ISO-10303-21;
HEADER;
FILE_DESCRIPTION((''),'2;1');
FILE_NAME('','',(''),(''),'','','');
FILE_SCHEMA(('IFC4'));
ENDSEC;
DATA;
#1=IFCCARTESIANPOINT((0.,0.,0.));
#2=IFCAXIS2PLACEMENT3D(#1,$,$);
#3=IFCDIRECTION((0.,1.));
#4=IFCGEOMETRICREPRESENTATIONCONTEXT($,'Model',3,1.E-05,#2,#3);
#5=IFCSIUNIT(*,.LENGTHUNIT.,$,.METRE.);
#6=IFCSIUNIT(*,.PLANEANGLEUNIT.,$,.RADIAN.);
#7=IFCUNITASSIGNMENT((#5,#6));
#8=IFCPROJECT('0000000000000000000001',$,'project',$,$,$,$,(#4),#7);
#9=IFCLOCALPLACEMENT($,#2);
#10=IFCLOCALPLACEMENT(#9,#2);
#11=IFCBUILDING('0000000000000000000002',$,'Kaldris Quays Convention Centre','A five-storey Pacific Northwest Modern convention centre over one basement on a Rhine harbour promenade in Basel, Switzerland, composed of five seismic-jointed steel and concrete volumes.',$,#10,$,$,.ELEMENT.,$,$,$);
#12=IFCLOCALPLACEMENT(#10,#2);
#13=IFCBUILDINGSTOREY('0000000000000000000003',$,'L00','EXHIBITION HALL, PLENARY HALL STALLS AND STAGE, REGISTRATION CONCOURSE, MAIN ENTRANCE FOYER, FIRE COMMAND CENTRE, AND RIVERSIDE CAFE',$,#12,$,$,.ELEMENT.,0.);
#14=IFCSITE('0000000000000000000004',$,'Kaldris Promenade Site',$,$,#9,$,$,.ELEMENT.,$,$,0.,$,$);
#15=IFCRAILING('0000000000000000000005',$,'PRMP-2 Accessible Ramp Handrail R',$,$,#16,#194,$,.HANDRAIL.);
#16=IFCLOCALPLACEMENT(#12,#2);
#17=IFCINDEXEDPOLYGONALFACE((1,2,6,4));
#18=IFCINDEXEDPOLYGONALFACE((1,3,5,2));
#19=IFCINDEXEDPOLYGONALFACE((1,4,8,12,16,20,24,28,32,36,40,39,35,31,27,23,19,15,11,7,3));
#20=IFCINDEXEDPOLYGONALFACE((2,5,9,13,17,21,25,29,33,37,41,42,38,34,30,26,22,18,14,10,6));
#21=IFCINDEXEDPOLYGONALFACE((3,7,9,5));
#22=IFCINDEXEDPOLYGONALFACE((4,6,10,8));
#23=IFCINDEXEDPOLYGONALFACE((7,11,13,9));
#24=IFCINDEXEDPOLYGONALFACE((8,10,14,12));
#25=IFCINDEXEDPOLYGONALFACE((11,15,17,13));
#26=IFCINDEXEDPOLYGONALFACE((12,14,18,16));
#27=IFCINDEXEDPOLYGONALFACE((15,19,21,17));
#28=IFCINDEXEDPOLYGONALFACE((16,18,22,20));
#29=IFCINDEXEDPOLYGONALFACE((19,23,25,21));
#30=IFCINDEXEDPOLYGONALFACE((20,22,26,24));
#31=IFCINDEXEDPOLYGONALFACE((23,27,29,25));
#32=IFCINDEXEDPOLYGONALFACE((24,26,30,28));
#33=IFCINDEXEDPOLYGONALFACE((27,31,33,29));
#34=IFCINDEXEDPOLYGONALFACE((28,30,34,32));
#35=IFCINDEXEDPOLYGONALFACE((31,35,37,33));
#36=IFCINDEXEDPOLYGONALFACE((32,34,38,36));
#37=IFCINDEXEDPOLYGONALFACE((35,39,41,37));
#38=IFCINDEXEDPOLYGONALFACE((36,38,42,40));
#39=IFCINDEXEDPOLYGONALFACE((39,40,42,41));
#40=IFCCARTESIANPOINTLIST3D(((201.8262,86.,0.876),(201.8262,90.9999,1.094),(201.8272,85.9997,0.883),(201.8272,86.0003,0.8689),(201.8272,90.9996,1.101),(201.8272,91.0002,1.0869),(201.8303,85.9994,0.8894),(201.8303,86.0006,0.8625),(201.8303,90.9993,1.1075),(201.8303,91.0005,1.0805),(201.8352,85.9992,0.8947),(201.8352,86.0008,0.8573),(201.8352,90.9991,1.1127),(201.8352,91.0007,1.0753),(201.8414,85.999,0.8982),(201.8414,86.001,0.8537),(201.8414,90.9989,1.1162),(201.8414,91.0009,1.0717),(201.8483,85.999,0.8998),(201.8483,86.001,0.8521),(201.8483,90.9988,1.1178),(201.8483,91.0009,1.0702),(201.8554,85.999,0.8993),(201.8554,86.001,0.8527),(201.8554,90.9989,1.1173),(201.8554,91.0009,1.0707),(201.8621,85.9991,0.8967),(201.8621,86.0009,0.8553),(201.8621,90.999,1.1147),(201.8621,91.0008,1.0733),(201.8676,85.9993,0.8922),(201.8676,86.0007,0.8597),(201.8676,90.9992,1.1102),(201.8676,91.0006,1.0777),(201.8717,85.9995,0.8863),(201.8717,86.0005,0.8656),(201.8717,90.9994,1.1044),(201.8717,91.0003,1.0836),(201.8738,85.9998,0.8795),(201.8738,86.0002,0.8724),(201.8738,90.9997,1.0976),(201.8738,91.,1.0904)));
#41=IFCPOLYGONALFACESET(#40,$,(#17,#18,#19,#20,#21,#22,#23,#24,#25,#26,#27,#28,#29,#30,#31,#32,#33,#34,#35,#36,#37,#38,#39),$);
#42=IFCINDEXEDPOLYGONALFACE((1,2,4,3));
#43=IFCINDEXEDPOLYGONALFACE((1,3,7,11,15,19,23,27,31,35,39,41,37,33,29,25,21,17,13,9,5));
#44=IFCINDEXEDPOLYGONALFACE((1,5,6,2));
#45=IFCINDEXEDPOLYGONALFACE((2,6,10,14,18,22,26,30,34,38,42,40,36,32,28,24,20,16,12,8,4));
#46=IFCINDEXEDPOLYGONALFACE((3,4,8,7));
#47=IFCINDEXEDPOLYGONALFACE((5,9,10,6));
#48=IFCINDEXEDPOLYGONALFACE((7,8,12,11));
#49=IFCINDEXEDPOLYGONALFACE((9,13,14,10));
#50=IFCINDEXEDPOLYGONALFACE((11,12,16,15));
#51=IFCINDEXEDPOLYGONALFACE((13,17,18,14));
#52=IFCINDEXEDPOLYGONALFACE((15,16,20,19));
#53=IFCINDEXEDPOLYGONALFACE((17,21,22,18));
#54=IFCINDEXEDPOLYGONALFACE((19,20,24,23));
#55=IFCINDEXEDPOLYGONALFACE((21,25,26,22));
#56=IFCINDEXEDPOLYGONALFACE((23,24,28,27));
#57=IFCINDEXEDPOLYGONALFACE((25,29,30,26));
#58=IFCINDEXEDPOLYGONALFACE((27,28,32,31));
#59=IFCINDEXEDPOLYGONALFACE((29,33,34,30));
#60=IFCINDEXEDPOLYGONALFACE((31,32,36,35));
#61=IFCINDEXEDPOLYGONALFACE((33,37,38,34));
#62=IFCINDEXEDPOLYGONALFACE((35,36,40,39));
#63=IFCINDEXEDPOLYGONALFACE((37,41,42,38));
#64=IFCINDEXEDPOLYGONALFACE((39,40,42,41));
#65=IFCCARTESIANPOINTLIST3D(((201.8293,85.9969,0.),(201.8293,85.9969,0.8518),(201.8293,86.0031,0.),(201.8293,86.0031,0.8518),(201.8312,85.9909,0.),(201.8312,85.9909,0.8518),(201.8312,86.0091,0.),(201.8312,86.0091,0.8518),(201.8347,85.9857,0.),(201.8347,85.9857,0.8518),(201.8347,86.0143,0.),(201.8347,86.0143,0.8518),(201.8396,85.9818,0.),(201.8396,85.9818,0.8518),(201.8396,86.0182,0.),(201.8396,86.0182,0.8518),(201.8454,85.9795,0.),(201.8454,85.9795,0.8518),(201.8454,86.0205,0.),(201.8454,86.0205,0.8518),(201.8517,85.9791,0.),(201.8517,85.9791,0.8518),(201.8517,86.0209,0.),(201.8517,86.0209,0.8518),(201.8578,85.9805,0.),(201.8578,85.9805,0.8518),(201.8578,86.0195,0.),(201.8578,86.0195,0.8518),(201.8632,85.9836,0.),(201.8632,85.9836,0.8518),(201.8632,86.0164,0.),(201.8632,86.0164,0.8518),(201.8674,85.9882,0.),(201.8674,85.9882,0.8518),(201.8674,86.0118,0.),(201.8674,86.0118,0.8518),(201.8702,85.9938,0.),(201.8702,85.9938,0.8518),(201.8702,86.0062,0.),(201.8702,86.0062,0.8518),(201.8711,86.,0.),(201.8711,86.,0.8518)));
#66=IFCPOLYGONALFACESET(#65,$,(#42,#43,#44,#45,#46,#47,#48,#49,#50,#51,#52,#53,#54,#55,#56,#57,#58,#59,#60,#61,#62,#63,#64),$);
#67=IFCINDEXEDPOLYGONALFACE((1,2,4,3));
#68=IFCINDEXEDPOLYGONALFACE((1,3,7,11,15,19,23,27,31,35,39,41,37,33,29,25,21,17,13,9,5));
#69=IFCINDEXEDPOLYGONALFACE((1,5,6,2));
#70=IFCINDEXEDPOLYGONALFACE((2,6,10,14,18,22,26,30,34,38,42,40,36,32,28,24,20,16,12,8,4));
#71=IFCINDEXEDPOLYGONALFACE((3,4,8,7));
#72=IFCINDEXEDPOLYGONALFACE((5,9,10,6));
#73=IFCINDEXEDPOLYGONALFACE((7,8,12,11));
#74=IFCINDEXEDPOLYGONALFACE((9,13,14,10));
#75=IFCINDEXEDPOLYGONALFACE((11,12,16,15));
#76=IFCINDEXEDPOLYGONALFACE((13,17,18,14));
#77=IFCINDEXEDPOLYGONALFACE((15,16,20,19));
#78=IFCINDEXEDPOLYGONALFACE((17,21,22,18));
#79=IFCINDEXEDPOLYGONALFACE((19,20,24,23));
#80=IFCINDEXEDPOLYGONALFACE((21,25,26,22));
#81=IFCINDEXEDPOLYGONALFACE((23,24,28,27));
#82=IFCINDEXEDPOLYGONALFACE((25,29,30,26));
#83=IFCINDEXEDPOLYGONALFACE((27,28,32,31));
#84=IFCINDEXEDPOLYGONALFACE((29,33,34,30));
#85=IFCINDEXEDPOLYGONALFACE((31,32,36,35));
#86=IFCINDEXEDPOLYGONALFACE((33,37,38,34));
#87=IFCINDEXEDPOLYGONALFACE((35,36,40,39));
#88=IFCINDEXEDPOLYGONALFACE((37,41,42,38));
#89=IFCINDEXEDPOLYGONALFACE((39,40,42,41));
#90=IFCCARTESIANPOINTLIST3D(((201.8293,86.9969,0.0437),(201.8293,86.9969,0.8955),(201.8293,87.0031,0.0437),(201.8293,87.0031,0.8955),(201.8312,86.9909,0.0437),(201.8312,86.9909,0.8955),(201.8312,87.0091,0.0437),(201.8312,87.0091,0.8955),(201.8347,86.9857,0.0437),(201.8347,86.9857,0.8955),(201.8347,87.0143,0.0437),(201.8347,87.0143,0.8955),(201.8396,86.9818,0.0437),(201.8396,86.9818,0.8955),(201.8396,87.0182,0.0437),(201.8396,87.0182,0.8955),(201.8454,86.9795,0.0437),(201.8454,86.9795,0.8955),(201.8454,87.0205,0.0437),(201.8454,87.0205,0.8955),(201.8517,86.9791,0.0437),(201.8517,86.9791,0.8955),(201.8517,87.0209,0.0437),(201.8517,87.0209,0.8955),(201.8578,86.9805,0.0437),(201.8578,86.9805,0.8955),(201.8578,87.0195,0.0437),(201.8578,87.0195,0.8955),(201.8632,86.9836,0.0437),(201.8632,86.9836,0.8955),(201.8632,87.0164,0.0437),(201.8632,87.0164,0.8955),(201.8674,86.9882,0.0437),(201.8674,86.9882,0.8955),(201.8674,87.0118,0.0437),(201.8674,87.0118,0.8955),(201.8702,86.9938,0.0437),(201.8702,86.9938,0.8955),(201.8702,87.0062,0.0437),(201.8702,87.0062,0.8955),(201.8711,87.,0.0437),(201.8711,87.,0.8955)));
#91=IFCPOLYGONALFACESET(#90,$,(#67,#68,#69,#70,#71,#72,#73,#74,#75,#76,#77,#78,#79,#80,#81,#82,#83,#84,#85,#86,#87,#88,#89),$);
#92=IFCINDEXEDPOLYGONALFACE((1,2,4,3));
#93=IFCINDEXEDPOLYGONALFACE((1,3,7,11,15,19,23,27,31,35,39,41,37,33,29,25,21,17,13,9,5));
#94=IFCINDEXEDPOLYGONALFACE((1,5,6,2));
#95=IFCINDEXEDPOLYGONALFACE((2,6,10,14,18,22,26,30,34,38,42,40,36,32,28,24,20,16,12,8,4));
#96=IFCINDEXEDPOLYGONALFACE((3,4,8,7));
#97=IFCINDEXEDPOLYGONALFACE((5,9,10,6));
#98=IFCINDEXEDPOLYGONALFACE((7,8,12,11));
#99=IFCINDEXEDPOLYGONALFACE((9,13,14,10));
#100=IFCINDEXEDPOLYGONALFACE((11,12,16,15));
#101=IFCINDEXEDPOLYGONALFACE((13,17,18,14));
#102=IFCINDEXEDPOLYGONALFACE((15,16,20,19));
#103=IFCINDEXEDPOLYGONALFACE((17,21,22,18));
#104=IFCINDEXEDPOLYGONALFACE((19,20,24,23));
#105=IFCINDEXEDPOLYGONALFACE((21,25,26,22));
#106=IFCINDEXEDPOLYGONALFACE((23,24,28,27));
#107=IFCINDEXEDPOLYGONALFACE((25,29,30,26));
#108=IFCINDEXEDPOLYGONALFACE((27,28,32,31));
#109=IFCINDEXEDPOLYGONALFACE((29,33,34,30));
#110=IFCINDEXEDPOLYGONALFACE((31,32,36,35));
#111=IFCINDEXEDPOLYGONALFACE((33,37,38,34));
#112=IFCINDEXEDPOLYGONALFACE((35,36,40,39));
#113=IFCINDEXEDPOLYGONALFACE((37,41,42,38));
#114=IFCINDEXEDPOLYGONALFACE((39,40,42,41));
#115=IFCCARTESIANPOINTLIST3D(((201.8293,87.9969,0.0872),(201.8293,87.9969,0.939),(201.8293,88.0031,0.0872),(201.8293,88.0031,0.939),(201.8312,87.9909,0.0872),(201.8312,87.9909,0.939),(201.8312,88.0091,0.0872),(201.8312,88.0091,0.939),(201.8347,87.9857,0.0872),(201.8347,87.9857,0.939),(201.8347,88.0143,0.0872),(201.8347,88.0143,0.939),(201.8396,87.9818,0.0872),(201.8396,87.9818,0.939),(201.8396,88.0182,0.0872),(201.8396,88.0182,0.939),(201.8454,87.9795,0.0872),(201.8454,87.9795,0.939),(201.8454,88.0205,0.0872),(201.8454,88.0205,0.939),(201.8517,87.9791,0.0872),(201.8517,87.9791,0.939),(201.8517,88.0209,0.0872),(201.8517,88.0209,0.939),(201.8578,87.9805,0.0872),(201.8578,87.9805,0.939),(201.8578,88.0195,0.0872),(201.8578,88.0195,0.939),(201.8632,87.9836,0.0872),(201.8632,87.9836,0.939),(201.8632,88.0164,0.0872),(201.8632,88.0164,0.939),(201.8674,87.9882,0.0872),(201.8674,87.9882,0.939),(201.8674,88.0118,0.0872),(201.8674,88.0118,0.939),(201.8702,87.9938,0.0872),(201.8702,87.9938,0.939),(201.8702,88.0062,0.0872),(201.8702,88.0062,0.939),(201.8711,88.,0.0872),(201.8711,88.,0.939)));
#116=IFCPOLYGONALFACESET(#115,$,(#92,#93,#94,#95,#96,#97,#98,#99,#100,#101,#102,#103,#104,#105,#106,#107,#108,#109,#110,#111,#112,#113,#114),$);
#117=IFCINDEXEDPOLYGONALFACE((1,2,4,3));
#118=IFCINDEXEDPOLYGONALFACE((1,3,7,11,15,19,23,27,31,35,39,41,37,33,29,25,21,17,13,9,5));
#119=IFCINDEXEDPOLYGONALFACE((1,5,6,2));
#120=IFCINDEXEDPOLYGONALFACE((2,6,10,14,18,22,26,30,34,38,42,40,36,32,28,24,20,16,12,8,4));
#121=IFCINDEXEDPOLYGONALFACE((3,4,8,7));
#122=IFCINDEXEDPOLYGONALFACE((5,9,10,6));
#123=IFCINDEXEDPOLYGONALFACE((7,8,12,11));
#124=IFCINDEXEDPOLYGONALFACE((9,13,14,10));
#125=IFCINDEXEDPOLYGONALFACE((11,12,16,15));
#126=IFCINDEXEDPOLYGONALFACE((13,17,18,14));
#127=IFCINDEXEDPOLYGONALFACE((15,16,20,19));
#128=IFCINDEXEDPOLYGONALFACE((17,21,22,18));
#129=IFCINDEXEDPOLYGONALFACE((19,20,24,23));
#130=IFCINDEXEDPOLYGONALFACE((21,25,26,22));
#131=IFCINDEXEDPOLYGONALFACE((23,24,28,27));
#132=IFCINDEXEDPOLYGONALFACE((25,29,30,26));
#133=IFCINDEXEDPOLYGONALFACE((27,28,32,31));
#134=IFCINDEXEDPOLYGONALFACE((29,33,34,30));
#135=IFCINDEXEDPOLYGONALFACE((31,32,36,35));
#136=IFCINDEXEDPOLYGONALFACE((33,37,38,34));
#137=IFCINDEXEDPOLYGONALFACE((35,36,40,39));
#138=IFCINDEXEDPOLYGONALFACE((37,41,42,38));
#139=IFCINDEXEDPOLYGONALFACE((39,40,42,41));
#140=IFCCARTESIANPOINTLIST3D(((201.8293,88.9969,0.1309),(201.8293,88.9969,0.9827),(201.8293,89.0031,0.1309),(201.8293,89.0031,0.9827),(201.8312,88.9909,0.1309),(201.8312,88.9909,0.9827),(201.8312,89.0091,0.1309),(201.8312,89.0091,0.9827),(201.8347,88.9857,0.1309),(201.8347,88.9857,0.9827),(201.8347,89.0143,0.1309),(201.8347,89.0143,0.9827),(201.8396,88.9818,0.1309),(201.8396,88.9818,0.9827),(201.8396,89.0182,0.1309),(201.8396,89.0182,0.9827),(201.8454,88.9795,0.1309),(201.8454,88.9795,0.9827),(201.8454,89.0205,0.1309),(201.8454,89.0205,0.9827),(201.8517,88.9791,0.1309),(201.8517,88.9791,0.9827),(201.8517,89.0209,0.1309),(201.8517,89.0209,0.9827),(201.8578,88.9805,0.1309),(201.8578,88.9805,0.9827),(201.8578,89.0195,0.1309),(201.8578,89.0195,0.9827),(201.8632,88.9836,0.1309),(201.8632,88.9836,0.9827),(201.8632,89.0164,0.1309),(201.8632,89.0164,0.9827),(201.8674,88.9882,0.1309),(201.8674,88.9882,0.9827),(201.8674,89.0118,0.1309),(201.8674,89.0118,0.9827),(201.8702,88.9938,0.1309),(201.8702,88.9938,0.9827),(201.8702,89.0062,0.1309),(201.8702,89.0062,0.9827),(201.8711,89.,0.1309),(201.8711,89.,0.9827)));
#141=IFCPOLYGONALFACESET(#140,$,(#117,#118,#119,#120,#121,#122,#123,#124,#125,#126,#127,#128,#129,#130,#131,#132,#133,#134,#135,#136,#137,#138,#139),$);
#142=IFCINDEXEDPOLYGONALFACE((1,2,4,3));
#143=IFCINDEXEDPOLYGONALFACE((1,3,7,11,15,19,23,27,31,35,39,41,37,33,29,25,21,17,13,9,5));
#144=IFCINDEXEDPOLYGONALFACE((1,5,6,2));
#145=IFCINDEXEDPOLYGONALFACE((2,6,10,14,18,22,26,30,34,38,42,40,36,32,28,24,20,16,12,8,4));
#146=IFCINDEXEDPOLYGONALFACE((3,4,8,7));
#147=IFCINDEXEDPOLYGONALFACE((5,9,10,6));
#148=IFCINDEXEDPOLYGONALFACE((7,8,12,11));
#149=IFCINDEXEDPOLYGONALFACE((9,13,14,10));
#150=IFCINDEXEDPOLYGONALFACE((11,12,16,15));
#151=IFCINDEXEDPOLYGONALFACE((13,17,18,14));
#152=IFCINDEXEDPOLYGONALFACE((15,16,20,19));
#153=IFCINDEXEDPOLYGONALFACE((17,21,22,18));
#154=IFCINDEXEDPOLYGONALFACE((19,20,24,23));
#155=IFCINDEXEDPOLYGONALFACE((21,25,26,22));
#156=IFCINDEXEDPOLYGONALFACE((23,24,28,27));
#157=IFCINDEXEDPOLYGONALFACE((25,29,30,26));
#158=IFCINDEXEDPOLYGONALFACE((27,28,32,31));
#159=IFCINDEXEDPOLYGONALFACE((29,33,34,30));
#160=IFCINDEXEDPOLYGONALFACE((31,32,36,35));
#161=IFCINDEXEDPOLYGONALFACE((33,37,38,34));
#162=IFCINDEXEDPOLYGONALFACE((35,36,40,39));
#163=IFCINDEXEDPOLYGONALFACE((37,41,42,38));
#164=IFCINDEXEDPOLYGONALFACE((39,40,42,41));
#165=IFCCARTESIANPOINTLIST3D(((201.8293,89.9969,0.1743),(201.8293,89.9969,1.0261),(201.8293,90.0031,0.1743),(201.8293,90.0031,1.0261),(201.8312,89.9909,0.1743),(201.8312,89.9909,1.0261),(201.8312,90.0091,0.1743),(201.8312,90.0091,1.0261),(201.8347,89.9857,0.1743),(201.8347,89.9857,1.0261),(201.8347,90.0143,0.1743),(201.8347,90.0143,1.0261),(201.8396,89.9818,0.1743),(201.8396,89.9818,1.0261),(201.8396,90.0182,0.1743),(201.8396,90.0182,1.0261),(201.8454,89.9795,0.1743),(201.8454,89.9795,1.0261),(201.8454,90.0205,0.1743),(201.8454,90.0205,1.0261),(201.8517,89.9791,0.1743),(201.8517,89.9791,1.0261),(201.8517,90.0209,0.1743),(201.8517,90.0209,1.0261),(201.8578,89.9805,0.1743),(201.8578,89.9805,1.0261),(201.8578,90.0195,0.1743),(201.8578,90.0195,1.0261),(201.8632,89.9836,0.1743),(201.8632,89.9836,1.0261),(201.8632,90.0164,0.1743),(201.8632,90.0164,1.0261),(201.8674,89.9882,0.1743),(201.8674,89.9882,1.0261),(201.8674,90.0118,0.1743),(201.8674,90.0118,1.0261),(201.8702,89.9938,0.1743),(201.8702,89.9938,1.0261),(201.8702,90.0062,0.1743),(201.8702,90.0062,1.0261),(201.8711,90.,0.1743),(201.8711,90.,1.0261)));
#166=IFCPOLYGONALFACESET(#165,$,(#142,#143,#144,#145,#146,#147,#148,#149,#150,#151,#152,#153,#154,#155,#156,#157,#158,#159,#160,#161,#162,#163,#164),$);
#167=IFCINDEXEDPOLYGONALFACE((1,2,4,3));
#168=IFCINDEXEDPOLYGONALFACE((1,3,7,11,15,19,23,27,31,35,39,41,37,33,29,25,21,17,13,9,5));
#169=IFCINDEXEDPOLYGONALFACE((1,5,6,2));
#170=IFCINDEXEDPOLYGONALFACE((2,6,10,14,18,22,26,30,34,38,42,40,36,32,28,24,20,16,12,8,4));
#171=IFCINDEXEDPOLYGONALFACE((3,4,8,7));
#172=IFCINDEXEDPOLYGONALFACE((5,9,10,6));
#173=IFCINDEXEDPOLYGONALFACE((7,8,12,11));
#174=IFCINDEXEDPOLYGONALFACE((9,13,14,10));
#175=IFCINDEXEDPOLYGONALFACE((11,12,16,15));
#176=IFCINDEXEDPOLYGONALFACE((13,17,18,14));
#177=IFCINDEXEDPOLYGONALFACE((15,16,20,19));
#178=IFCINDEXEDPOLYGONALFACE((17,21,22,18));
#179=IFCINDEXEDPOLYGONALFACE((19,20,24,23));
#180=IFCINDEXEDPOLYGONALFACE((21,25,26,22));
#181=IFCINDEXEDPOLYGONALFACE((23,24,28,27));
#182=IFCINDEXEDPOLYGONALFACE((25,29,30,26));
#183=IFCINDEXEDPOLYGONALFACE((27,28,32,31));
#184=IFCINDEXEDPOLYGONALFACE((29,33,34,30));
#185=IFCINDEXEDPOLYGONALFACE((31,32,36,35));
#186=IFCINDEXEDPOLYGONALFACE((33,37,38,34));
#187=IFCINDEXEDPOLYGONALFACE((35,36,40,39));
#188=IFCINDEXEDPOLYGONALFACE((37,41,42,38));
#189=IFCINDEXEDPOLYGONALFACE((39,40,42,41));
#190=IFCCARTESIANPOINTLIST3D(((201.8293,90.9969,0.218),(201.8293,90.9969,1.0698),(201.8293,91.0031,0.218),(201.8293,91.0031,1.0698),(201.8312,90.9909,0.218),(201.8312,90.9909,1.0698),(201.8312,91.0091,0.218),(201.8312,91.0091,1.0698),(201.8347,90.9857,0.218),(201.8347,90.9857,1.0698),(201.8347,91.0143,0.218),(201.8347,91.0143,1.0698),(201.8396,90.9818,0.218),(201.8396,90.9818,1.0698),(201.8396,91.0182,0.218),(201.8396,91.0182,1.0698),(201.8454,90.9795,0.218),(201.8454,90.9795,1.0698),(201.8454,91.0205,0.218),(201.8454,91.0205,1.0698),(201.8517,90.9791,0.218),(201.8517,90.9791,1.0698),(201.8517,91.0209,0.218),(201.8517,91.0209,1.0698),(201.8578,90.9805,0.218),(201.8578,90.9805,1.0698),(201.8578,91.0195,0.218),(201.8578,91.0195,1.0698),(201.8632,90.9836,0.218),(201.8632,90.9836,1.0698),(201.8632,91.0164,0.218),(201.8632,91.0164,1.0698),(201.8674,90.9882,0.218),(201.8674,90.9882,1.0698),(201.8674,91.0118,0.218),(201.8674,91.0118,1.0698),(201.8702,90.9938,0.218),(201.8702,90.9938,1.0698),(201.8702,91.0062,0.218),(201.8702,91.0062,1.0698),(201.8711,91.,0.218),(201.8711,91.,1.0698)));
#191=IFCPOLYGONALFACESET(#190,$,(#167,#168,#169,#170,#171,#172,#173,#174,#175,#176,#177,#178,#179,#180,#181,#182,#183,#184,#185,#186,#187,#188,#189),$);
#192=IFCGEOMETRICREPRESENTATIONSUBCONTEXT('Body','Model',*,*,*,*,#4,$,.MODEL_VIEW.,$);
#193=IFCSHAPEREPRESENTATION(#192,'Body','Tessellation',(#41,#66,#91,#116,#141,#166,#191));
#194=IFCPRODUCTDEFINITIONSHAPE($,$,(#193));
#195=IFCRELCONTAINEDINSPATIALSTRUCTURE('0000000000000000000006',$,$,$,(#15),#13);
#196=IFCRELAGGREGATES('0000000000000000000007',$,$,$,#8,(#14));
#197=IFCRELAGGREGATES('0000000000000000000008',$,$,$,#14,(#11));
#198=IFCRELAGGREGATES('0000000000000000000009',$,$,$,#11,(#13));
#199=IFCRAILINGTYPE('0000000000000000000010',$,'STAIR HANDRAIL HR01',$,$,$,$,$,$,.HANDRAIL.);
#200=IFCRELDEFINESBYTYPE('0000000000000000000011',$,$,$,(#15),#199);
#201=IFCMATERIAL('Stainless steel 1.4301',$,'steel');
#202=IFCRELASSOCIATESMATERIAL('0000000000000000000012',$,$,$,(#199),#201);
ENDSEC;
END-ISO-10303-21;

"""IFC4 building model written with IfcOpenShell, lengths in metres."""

from ifc_helpers import new_model, si_unit, direction, frame, origin, origin_2d, place, context, subcontext, project, spatial, circle, extrude, material, type_object, element, save


model = new_model("IFC4")

# Units and contexts
model_context = context("Model", 3, precision=1e-05, world=origin(), true_north=direction((0.0, 1.0)))
body_context = subcontext(model_context, "Body", "Model", "MODEL_VIEW")
ifc_project = project(units=[si_unit("LENGTHUNIT", "METRE"), si_unit("PLANEANGLEUNIT", "RADIAN")], contexts=[model_context])

# Site, building, storey
site_placement = place(None, origin())
site = spatial("IfcSite", under=ifc_project, at=site_placement, Name="Kaldris Promenade Site", CompositionType="ELEMENT", RefElevation=0.0)
building_placement = place(site_placement, origin())
building = spatial("IfcBuilding", under=site, at=building_placement, Name="Kaldris Quays Convention Centre", Description="A five-storey Pacific Northwest Modern convention centre over one basement on a Rhine harbour promenade in Basel, Switzerland, composed of five seismic-jointed steel and concrete volumes.", CompositionType="ELEMENT")
storey_placement = place(building_placement, origin())
storey = spatial("IfcBuildingStorey", under=building, at=storey_placement, Name="L00", Description="EXHIBITION HALL, PLENARY HALL STALLS AND STAGE, REGISTRATION CONCOURSE, MAIN ENTRANCE FOYER, FIRE COMMAND CENTRE, AND RIVERSIDE CAFE", CompositionType="ELEMENT", Elevation=0.0)

# Railing
ifc_material_1 = material(Name="Stainless steel 1.4301", Category="steel")
railing_type = type_object("IfcRailingType", Name="STAIR HANDRAIL HR01", PredefinedType="HANDRAIL", material=ifc_material_1)
for number, where, name in (
    (1, (201.8501, 86.0, 0.0), "PRMP-2 Accessible Ramp Handrail R"),
):
    element("IfcRailing", number, at=place(storey_placement, frame(where)), inside=storey, type_object=railing_type, Name=name, PredefinedType="HANDRAIL", context=body_context, shape_type="SweptSolid", body=[
        extrude(circle(Radius=0.0239, at=origin_2d()), frame((0.0, 0.0, 0.876), z_axis=(0.0, 0.999051, 0.043562), x_axis=(-1.0, 0.0, 0.0)), (0.0, 0.0, 1.0), 5.0046),
        extrude(circle(Radius=0.021, at=origin_2d()), origin(), (0.0, 0.0, 1.0), 0.8518),
        extrude(circle(Radius=0.021, at=origin_2d()), frame((0.0, 1.0, 0.0437)), (0.0, 0.0, 1.0), 0.8518),
        extrude(circle(Radius=0.021, at=origin_2d()), frame((0.0, 2.0, 0.0872)), (0.0, 0.0, 1.0), 0.8518),
        extrude(circle(Radius=0.021, at=origin_2d()), frame((0.0, 3.0, 0.1309)), (0.0, 0.0, 1.0), 0.8518),
        extrude(circle(Radius=0.021, at=origin_2d()), frame((0.0, 4.0, 0.1743)), (0.0, 0.0, 1.0), 0.8518),
        extrude(circle(Radius=0.021, at=origin_2d()), frame((0.0, 5.0, 0.218)), (0.0, 0.0, 1.0), 0.8518),
    ])

save(model, "model.ifc")
